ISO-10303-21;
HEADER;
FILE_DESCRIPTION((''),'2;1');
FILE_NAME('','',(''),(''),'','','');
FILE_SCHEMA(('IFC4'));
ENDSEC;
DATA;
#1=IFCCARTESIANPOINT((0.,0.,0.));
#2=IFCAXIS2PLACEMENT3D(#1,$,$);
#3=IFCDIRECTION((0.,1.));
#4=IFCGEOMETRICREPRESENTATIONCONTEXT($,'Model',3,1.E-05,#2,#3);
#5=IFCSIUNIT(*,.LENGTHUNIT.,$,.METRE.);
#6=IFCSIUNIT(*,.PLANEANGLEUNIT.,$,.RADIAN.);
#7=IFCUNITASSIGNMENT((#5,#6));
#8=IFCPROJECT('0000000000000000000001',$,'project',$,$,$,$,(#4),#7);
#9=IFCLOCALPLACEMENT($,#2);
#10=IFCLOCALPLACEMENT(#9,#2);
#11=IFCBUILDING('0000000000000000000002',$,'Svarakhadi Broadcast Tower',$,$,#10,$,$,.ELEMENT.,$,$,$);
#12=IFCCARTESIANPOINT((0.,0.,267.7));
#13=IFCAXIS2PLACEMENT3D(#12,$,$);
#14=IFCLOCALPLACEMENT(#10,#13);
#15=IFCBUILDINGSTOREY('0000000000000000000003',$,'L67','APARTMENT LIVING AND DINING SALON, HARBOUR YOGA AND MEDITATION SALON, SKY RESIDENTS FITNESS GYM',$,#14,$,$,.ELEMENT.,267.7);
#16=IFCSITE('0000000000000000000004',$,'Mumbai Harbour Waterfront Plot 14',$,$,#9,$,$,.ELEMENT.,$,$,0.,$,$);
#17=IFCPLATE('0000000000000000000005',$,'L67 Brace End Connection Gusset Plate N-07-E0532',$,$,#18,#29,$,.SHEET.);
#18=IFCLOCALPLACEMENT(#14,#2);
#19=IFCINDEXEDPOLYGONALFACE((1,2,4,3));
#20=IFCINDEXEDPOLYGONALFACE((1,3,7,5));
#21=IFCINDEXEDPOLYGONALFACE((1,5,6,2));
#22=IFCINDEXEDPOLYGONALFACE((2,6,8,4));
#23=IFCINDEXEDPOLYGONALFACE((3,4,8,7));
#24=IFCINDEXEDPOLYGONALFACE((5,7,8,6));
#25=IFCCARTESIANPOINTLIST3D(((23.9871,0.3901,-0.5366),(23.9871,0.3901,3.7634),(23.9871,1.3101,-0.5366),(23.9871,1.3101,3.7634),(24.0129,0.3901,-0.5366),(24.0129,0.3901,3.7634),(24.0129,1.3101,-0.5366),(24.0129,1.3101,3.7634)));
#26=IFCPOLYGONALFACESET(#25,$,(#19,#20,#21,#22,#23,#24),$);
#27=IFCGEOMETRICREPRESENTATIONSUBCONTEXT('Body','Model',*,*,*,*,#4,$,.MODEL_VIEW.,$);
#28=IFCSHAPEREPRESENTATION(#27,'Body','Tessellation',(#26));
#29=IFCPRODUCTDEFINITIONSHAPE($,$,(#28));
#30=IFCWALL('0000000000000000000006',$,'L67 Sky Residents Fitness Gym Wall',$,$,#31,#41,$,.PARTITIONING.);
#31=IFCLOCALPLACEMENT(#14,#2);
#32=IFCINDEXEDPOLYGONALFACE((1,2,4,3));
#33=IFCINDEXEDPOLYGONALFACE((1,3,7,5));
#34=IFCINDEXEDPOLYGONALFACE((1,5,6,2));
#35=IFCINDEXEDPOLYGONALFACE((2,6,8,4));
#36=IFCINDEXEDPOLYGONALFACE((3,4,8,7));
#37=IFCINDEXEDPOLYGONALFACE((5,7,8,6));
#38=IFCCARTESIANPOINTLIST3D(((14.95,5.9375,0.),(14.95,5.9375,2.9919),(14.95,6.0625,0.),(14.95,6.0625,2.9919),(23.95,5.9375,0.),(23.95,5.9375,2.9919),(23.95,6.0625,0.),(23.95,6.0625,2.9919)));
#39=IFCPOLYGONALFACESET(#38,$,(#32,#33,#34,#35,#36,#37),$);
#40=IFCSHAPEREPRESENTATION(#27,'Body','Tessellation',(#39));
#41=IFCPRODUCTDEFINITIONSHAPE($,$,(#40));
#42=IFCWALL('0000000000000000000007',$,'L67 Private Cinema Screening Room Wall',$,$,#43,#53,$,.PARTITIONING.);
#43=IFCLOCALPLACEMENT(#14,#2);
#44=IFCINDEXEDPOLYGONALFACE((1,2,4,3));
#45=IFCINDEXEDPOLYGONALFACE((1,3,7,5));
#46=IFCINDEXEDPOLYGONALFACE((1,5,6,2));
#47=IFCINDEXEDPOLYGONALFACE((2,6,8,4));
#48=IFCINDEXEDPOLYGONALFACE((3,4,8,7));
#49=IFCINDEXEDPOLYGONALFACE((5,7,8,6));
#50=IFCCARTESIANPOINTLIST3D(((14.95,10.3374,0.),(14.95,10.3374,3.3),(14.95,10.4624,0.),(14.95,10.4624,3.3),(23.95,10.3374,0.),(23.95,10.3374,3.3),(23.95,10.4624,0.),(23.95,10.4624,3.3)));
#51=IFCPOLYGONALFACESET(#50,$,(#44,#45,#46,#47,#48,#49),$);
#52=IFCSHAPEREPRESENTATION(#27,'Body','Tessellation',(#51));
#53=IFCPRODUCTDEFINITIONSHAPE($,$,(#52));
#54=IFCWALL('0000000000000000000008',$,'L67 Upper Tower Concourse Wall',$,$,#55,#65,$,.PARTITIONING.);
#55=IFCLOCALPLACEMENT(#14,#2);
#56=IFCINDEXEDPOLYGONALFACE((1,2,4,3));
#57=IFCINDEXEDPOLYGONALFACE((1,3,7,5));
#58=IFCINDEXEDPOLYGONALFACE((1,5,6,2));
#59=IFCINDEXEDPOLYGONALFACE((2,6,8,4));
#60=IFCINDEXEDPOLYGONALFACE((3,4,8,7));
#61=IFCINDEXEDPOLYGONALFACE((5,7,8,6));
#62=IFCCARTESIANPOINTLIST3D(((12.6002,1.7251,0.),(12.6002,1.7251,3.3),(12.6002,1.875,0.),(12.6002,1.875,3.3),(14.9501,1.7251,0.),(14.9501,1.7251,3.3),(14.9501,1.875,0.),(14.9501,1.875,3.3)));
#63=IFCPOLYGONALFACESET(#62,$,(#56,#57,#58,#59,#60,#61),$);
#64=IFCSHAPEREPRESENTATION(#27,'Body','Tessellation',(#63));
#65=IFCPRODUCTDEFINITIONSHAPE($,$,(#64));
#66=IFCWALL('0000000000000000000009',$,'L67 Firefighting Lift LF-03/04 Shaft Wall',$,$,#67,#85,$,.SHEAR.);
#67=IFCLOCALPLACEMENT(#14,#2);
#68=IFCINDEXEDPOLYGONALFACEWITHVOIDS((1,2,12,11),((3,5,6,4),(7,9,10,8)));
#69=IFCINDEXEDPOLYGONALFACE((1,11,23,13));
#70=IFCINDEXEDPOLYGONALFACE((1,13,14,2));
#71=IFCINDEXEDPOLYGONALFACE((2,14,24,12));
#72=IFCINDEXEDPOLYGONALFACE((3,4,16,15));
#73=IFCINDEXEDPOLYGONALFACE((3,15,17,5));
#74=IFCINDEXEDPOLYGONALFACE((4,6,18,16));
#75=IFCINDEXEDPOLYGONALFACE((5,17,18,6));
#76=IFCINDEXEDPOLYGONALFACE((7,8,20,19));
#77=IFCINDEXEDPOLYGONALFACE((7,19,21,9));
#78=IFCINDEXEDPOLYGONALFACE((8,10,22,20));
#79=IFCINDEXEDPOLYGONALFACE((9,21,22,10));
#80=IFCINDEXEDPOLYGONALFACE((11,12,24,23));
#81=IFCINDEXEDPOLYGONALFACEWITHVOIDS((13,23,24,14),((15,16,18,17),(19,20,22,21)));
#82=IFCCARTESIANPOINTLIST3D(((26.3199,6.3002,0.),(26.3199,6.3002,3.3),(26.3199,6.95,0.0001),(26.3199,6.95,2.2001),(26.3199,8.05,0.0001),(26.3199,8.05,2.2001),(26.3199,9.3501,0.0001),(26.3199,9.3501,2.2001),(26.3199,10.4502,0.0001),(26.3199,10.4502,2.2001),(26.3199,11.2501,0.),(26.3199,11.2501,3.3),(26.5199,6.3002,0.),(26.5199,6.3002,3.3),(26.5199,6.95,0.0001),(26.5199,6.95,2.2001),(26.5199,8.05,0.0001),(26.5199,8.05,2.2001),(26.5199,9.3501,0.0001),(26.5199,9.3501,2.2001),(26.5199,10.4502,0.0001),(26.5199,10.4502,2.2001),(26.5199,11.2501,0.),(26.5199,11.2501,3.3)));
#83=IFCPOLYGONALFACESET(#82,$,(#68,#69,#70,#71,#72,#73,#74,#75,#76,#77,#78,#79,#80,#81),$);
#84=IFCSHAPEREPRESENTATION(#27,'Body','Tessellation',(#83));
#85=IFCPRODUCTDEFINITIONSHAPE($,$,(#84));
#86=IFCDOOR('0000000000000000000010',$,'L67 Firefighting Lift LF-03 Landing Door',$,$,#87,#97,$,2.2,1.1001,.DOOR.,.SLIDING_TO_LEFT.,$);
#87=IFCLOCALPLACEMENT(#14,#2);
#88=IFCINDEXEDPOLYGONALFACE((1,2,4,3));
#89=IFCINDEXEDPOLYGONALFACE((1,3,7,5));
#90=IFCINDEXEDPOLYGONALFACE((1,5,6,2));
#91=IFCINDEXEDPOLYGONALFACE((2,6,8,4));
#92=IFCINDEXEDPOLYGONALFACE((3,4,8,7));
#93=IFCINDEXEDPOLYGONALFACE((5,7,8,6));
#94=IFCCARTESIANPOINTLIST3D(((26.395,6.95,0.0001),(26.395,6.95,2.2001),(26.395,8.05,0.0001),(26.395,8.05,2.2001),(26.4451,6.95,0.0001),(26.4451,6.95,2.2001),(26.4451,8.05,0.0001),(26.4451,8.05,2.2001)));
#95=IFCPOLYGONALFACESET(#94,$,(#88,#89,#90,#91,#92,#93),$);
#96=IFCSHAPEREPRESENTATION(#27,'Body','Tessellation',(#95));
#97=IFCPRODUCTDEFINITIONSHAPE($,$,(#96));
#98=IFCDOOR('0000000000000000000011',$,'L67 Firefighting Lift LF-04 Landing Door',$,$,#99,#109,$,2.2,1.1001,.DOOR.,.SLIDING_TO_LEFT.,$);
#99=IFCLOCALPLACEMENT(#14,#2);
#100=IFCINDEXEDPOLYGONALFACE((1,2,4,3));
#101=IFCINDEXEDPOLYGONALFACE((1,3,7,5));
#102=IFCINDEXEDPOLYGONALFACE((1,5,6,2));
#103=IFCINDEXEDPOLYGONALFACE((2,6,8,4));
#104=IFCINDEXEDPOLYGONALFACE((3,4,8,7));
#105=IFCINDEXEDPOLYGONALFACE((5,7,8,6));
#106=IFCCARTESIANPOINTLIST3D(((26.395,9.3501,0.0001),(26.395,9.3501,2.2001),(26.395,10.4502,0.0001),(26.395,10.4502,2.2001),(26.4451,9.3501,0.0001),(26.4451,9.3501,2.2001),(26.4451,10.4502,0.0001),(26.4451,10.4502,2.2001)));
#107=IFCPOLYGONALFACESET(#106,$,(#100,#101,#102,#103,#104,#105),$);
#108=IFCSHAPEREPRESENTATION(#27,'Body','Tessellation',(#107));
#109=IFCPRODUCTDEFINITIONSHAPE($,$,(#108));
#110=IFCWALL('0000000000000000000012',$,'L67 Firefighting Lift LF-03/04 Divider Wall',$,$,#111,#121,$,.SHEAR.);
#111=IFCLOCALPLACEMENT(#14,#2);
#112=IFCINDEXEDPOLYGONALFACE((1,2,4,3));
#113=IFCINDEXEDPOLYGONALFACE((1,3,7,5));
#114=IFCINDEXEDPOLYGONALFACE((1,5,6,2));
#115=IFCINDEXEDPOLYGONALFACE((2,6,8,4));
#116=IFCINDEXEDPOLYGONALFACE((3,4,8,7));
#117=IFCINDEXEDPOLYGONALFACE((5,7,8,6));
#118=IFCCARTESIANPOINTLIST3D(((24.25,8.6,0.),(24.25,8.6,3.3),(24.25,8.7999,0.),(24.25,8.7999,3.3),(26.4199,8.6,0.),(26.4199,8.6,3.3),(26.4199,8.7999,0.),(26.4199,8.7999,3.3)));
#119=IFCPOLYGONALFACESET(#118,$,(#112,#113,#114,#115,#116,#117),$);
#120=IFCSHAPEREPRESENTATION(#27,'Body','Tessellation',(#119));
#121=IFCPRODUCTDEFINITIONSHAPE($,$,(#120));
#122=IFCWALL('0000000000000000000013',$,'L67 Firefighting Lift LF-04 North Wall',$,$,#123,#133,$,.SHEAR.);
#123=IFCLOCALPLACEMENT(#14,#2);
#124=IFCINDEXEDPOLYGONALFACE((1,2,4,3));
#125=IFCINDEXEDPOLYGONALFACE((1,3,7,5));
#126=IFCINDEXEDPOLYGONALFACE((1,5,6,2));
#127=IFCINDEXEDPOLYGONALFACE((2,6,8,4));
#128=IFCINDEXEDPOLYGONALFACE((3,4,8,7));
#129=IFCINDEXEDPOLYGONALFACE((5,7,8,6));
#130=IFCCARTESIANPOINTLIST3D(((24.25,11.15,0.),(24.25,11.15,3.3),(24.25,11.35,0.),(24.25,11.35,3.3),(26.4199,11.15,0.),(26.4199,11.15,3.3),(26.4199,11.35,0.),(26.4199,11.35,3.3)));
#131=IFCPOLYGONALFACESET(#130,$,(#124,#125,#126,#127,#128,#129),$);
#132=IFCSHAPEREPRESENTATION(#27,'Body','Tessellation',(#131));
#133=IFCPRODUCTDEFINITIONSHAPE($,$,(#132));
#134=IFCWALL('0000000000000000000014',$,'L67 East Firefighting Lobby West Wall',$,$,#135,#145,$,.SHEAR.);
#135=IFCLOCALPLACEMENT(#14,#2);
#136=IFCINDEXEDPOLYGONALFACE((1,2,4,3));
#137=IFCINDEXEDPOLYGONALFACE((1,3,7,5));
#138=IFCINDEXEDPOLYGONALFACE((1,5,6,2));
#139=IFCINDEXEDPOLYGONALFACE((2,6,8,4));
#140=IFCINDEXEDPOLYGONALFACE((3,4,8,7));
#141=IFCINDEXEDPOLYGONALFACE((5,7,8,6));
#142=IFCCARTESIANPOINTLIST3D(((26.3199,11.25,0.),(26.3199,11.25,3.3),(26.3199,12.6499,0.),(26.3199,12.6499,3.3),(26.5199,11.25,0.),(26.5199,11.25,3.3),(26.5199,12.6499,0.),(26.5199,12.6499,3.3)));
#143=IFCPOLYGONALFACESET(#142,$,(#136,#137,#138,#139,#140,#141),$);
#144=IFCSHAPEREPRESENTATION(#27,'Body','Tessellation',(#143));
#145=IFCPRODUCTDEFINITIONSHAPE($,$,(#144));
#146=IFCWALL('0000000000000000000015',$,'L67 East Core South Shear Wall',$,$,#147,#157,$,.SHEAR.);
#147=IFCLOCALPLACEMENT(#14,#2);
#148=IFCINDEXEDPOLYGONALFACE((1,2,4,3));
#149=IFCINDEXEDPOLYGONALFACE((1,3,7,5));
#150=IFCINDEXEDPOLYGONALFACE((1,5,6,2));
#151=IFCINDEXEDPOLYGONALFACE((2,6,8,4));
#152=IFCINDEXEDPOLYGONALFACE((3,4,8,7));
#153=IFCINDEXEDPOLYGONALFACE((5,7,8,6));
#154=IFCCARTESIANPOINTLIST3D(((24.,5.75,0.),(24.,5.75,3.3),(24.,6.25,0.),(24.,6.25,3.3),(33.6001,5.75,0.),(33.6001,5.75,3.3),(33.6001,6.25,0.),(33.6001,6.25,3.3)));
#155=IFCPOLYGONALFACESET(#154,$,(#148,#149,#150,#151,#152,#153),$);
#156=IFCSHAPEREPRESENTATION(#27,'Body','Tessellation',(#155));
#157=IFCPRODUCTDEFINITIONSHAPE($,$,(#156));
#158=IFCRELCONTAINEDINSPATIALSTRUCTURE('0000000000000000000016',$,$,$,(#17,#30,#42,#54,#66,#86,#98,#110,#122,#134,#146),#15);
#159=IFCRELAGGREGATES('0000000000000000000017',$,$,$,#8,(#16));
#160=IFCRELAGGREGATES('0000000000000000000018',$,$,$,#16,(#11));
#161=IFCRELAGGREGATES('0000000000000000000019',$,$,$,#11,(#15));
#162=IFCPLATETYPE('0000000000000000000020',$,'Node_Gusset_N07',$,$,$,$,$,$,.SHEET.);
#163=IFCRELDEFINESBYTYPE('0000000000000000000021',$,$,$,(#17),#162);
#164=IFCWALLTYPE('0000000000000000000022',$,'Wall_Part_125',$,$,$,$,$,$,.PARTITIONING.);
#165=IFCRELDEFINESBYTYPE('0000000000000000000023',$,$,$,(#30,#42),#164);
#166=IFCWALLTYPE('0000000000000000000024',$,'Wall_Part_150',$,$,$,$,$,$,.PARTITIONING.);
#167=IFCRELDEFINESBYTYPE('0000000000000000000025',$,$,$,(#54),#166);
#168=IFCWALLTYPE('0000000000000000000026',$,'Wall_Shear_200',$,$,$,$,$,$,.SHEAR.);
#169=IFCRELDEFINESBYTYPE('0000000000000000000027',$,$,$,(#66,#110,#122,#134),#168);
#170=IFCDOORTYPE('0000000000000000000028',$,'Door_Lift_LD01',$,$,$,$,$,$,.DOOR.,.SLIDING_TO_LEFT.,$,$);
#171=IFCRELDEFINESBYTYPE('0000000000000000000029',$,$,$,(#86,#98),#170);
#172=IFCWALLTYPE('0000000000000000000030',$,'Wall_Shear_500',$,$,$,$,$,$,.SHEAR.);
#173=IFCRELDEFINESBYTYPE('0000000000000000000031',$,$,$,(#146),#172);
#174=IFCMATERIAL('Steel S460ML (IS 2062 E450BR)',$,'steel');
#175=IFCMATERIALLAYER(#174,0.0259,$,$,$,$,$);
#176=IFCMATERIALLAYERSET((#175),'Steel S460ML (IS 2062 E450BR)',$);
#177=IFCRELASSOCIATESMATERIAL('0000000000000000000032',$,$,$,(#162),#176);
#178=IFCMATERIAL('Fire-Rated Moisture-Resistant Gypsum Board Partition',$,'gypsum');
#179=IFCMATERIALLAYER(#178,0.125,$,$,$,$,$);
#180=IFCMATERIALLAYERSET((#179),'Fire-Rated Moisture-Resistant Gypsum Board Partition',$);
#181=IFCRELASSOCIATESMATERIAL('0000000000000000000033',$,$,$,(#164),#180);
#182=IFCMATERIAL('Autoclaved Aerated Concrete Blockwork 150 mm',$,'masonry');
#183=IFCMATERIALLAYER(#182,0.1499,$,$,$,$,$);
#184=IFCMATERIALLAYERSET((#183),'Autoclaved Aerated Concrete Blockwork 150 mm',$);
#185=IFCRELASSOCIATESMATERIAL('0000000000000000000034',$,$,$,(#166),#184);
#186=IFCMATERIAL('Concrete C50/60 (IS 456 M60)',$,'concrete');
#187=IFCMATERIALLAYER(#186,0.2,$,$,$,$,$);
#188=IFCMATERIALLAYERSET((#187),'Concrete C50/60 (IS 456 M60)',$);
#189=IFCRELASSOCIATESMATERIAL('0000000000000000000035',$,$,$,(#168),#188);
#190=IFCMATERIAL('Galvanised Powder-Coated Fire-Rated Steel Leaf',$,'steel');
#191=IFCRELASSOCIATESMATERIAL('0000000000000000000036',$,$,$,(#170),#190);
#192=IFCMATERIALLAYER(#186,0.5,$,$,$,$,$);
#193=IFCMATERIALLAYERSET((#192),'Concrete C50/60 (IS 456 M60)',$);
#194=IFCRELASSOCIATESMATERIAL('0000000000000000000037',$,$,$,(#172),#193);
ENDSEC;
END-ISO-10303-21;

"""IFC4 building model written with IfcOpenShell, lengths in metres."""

from ifc_helpers import new_model, si_unit, direction, frame, frame_2d, origin, origin_2d, place, context, subcontext, project, spatial, rectangle, extrude, material, layer, layer_set, type_object, element, fill, save


model = new_model("IFC4")

# Units and contexts
model_context = context("Model", 3, precision=1e-05, world=origin(), true_north=direction((0.0, 1.0)))
body_context = subcontext(model_context, "Body", "Model", "MODEL_VIEW")
ifc_project = project(units=[si_unit("LENGTHUNIT", "METRE"), si_unit("PLANEANGLEUNIT", "RADIAN")], contexts=[model_context])

# Site, building, storey
site_placement = place(None, origin())
site = spatial("IfcSite", under=ifc_project, at=site_placement, Name="Mumbai Harbour Waterfront Plot 14", CompositionType="ELEMENT", RefElevation=0.0)
building_placement = place(site_placement, origin())
building = spatial("IfcBuilding", under=site, at=building_placement, Name="Svarakhadi Broadcast Tower", CompositionType="ELEMENT")
storey_placement = place(building_placement, frame((0.0, 0.0, 267.7)))
storey = spatial("IfcBuildingStorey", under=building, at=storey_placement, Name="L67", Description="APARTMENT LIVING AND DINING SALON, HARBOUR YOGA AND MEDITATION SALON, SKY RESIDENTS FITNESS GYM", CompositionType="ELEMENT", Elevation=267.7)

# Shared definitions
ifc_material_1 = material(Name="Concrete C50/60 (IS 456 M60)", Category="concrete")
ifc_material_2 = material(Name="Steel S460ML (IS 2062 E450BR)", Category="steel")

# Plate
ifc_layer_1 = layer(ifc_material_2, 0.0259)
ifc_layer_set_1 = layer_set([ifc_layer_1], Name="Steel S460ML (IS 2062 E450BR)")
plate_type = type_object("IfcPlateType", Name="Node_Gusset_N07", PredefinedType="SHEET", material=ifc_layer_set_1)
plate_placement = place(storey_placement, frame((24.0, 0.8501, -0.5366), z_axis=(0.0, 0.0, 1.0), x_axis=(0.0, 1.0, 0.0)))
element("IfcPlate", 1, at=plate_placement, inside=storey, type_object=plate_type, Name="L67 Brace End Connection Gusset Plate N-07-E0532", PredefinedType="SHEET", context=body_context, shape_type="SweptSolid", body=[
    extrude(rectangle(XDim=0.9199, YDim=0.0259, at=origin_2d()), origin(), (0.0, 0.0, 1.0), 4.3),
])

# Walls
ifc_material_3 = material(Name="Fire-Rated Moisture-Resistant Gypsum Board Partition", Category="gypsum")
ifc_layer_2 = layer(ifc_material_3, 0.125)
ifc_layer_set_2 = layer_set([ifc_layer_2], Name="Fire-Rated Moisture-Resistant Gypsum Board Partition")
wall_type_1 = type_object("IfcWallType", Name="Wall_Part_125", PredefinedType="PARTITIONING", material=ifc_layer_set_2)
wall_1_placement = place(storey_placement, frame((14.95, 6.0, 0.0), z_axis=(0.0, 0.0, 1.0), x_axis=(1.0, 0.0, 0.0)))
element("IfcWall", 2, at=wall_1_placement, inside=storey, type_object=wall_type_1, Name="L67 Sky Residents Fitness Gym Wall", PredefinedType="PARTITIONING", context=body_context, shape_type="SweptSolid", body=[
    extrude(rectangle(XDim=9.0, YDim=0.125, at=frame_2d((4.5, 0.0))), origin(), (0.0, 0.0, 1.0), 2.9919),
])
wall_2_placement = place(storey_placement, frame((14.95, 10.3999, 0.0), z_axis=(0.0, 0.0, 1.0), x_axis=(1.0, 0.0, 0.0)))
element("IfcWall", 3, at=wall_2_placement, inside=storey, type_object=wall_type_1, Name="L67 Private Cinema Screening Room Wall", PredefinedType="PARTITIONING", context=body_context, shape_type="SweptSolid", body=[
    extrude(rectangle(XDim=9.0, YDim=0.125, at=frame_2d((4.5, 0.0))), origin(), (0.0, 0.0, 1.0), 3.3),
])
ifc_material_4 = material(Name="Autoclaved Aerated Concrete Blockwork 150 mm", Category="masonry")
ifc_layer_3 = layer(ifc_material_4, 0.1499)
ifc_layer_set_3 = layer_set([ifc_layer_3], Name="Autoclaved Aerated Concrete Blockwork 150 mm")
wall_type_2 = type_object("IfcWallType", Name="Wall_Part_150", PredefinedType="PARTITIONING", material=ifc_layer_set_3)
wall_3_placement = place(storey_placement, frame((14.95, 1.8, 0.0), z_axis=(0.0, 0.0, 1.0), x_axis=(-1.0, 0.0, 0.0)))
element("IfcWall", 4, at=wall_3_placement, inside=storey, type_object=wall_type_2, Name="L67 Upper Tower Concourse Wall", PredefinedType="PARTITIONING", context=body_context, shape_type="SweptSolid", body=[
    extrude(rectangle(XDim=2.3499, YDim=0.1499, at=frame_2d((1.1748, 0.0))), origin(), (0.0, 0.0, 1.0), 3.3),
])

# Wall, openings, doors
ifc_layer_4 = layer(ifc_material_1, 0.2)
ifc_layer_set_4 = layer_set([ifc_layer_4], Name="Concrete C50/60 (IS 456 M60)")
wall_type_3 = type_object("IfcWallType", Name="Wall_Shear_200", PredefinedType="SHEAR", material=ifc_layer_set_4)
wall_4_placement = place(storey_placement, frame((26.4199, 6.3, 0.0), z_axis=(0.0, 0.0, 1.0), x_axis=(0.0, 1.0, 0.0)))
wall_4 = element("IfcWall", 5, at=wall_4_placement, inside=storey, type_object=wall_type_3, Name="L67 Firefighting Lift LF-03/04 Shaft Wall", PredefinedType="SHEAR", context=body_context, shape_type="SweptSolid", body=[
    extrude(rectangle(XDim=4.95, YDim=0.2, at=frame_2d((2.4751, 0.0))), origin(), (0.0, 0.0, 1.0), 3.3),
])
opening_1_placement = place(wall_4_placement, frame((0.6499, 0.0, 0.0)))
opening_1 = element("IfcOpeningElement", 6, at=opening_1_placement, cuts=wall_4, PredefinedType="OPENING", context=body_context, shape_type="SweptSolid", body=[
    extrude(rectangle(XDim=1.1001, YDim=2.2, at=frame_2d((0.55, 1.1001))), frame((0.0, 0.1099, 0.0), z_axis=(0.0, -1.0, 0.0), x_axis=(1.0, 0.0, 0.0)), (0.0, 0.0, 1.0), 0.22),
])
opening_2_placement = place(wall_4_placement, frame((3.05, 0.0, 0.0)))
opening_2 = element("IfcOpeningElement", 7, at=opening_2_placement, cuts=wall_4, PredefinedType="OPENING", context=body_context, shape_type="SweptSolid", body=[
    extrude(rectangle(XDim=1.1001, YDim=2.2, at=frame_2d((0.55, 1.1001))), frame((0.0, 0.1099, 0.0), z_axis=(0.0, -1.0, 0.0), x_axis=(1.0, 0.0, 0.0)), (0.0, 0.0, 1.0), 0.22),
])
ifc_material_5 = material(Name="Galvanised Powder-Coated Fire-Rated Steel Leaf", Category="steel")
door_type_1 = type_object("IfcDoorType", Name="Door_Lift_LD01", OperationType="SLIDING_TO_LEFT", PredefinedType="DOOR", material=ifc_material_5)
door_1_placement = place(opening_1_placement, origin())
door_1 = element("IfcDoor", 8, at=door_1_placement, inside=storey, type_object=door_type_1, Name="L67 Firefighting Lift LF-03 Landing Door", OperationType="SLIDING_TO_LEFT", OverallHeight=2.2, OverallWidth=1.1001, PredefinedType="DOOR", context=body_context, shape_type="SweptSolid", body=[
    extrude(rectangle(XDim=1.1001, YDim=2.2, at=frame_2d((0.55, 1.1001))), frame((0.0, 0.0249, 0.0), z_axis=(0.0, -1.0, 0.0), x_axis=(1.0, 0.0, 0.0)), (0.0, 0.0, 1.0), 0.05),
])
fill(opening_1, door_1)
door_2_placement = place(opening_2_placement, origin())
door_2 = element("IfcDoor", 9, at=door_2_placement, inside=storey, type_object=door_type_1, Name="L67 Firefighting Lift LF-04 Landing Door", OperationType="SLIDING_TO_LEFT", OverallHeight=2.2, OverallWidth=1.1001, PredefinedType="DOOR", context=body_context, shape_type="SweptSolid", body=[
    extrude(rectangle(XDim=1.1001, YDim=2.2, at=frame_2d((0.55, 1.1001))), frame((0.0, 0.0249, 0.0), z_axis=(0.0, -1.0, 0.0), x_axis=(1.0, 0.0, 0.0)), (0.0, 0.0, 1.0), 0.05),
])
fill(opening_2, door_2)

# Walls
for number, where, z_axis, x_axis, name in (
    (10, (24.25, 8.7, 0.0), (0.0, 0.0, 1.0), (1.0, 0.0, 0.0), "L67 Firefighting Lift LF-03/04 Divider Wall"),
    (11, (24.25, 11.25, 0.0), (0.0, 0.0, 1.0), (1.0, 0.0, 0.0), "L67 Firefighting Lift LF-04 North Wall"),
):
    element("IfcWall", number, at=place(storey_placement, frame(where, z_axis=z_axis, x_axis=x_axis)), inside=storey, type_object=wall_type_3, Name=name, PredefinedType="SHEAR", context=body_context, shape_type="SweptSolid", body=[
        extrude(rectangle(XDim=2.1699, YDim=0.2, at=frame_2d((1.085, 0.0))), origin(), (0.0, 0.0, 1.0), 3.3),
    ])
wall_5_placement = place(storey_placement, frame((26.4199, 11.25, 0.0), z_axis=(0.0, 0.0, 1.0), x_axis=(0.0, 1.0, 0.0)))
element("IfcWall", 12, at=wall_5_placement, inside=storey, type_object=wall_type_3, Name="L67 East Firefighting Lobby West Wall", PredefinedType="SHEAR", context=body_context, shape_type="SweptSolid", body=[
    extrude(rectangle(XDim=1.3999, YDim=0.2, at=frame_2d((0.7, 0.0))), origin(), (0.0, 0.0, 1.0), 3.3),
])
ifc_layer_5 = layer(ifc_material_1, 0.5)
ifc_layer_set_5 = layer_set([ifc_layer_5], Name="Concrete C50/60 (IS 456 M60)")
wall_type_4 = type_object("IfcWallType", Name="Wall_Shear_500", PredefinedType="SHEAR", material=ifc_layer_set_5)
wall_6_placement = place(storey_placement, frame((24.0, 6.0, 0.0), z_axis=(0.0, 0.0, 1.0), x_axis=(1.0, 0.0, 0.0)))
element("IfcWall", 13, at=wall_6_placement, inside=storey, type_object=wall_type_4, Name="L67 East Core South Shear Wall", PredefinedType="SHEAR", context=body_context, shape_type="SweptSolid", body=[
    extrude(rectangle(XDim=9.6001, YDim=0.5, at=frame_2d((4.8, 0.0))), origin(), (0.0, 0.0, 1.0), 3.3),
])

save(model, "model.ifc")
